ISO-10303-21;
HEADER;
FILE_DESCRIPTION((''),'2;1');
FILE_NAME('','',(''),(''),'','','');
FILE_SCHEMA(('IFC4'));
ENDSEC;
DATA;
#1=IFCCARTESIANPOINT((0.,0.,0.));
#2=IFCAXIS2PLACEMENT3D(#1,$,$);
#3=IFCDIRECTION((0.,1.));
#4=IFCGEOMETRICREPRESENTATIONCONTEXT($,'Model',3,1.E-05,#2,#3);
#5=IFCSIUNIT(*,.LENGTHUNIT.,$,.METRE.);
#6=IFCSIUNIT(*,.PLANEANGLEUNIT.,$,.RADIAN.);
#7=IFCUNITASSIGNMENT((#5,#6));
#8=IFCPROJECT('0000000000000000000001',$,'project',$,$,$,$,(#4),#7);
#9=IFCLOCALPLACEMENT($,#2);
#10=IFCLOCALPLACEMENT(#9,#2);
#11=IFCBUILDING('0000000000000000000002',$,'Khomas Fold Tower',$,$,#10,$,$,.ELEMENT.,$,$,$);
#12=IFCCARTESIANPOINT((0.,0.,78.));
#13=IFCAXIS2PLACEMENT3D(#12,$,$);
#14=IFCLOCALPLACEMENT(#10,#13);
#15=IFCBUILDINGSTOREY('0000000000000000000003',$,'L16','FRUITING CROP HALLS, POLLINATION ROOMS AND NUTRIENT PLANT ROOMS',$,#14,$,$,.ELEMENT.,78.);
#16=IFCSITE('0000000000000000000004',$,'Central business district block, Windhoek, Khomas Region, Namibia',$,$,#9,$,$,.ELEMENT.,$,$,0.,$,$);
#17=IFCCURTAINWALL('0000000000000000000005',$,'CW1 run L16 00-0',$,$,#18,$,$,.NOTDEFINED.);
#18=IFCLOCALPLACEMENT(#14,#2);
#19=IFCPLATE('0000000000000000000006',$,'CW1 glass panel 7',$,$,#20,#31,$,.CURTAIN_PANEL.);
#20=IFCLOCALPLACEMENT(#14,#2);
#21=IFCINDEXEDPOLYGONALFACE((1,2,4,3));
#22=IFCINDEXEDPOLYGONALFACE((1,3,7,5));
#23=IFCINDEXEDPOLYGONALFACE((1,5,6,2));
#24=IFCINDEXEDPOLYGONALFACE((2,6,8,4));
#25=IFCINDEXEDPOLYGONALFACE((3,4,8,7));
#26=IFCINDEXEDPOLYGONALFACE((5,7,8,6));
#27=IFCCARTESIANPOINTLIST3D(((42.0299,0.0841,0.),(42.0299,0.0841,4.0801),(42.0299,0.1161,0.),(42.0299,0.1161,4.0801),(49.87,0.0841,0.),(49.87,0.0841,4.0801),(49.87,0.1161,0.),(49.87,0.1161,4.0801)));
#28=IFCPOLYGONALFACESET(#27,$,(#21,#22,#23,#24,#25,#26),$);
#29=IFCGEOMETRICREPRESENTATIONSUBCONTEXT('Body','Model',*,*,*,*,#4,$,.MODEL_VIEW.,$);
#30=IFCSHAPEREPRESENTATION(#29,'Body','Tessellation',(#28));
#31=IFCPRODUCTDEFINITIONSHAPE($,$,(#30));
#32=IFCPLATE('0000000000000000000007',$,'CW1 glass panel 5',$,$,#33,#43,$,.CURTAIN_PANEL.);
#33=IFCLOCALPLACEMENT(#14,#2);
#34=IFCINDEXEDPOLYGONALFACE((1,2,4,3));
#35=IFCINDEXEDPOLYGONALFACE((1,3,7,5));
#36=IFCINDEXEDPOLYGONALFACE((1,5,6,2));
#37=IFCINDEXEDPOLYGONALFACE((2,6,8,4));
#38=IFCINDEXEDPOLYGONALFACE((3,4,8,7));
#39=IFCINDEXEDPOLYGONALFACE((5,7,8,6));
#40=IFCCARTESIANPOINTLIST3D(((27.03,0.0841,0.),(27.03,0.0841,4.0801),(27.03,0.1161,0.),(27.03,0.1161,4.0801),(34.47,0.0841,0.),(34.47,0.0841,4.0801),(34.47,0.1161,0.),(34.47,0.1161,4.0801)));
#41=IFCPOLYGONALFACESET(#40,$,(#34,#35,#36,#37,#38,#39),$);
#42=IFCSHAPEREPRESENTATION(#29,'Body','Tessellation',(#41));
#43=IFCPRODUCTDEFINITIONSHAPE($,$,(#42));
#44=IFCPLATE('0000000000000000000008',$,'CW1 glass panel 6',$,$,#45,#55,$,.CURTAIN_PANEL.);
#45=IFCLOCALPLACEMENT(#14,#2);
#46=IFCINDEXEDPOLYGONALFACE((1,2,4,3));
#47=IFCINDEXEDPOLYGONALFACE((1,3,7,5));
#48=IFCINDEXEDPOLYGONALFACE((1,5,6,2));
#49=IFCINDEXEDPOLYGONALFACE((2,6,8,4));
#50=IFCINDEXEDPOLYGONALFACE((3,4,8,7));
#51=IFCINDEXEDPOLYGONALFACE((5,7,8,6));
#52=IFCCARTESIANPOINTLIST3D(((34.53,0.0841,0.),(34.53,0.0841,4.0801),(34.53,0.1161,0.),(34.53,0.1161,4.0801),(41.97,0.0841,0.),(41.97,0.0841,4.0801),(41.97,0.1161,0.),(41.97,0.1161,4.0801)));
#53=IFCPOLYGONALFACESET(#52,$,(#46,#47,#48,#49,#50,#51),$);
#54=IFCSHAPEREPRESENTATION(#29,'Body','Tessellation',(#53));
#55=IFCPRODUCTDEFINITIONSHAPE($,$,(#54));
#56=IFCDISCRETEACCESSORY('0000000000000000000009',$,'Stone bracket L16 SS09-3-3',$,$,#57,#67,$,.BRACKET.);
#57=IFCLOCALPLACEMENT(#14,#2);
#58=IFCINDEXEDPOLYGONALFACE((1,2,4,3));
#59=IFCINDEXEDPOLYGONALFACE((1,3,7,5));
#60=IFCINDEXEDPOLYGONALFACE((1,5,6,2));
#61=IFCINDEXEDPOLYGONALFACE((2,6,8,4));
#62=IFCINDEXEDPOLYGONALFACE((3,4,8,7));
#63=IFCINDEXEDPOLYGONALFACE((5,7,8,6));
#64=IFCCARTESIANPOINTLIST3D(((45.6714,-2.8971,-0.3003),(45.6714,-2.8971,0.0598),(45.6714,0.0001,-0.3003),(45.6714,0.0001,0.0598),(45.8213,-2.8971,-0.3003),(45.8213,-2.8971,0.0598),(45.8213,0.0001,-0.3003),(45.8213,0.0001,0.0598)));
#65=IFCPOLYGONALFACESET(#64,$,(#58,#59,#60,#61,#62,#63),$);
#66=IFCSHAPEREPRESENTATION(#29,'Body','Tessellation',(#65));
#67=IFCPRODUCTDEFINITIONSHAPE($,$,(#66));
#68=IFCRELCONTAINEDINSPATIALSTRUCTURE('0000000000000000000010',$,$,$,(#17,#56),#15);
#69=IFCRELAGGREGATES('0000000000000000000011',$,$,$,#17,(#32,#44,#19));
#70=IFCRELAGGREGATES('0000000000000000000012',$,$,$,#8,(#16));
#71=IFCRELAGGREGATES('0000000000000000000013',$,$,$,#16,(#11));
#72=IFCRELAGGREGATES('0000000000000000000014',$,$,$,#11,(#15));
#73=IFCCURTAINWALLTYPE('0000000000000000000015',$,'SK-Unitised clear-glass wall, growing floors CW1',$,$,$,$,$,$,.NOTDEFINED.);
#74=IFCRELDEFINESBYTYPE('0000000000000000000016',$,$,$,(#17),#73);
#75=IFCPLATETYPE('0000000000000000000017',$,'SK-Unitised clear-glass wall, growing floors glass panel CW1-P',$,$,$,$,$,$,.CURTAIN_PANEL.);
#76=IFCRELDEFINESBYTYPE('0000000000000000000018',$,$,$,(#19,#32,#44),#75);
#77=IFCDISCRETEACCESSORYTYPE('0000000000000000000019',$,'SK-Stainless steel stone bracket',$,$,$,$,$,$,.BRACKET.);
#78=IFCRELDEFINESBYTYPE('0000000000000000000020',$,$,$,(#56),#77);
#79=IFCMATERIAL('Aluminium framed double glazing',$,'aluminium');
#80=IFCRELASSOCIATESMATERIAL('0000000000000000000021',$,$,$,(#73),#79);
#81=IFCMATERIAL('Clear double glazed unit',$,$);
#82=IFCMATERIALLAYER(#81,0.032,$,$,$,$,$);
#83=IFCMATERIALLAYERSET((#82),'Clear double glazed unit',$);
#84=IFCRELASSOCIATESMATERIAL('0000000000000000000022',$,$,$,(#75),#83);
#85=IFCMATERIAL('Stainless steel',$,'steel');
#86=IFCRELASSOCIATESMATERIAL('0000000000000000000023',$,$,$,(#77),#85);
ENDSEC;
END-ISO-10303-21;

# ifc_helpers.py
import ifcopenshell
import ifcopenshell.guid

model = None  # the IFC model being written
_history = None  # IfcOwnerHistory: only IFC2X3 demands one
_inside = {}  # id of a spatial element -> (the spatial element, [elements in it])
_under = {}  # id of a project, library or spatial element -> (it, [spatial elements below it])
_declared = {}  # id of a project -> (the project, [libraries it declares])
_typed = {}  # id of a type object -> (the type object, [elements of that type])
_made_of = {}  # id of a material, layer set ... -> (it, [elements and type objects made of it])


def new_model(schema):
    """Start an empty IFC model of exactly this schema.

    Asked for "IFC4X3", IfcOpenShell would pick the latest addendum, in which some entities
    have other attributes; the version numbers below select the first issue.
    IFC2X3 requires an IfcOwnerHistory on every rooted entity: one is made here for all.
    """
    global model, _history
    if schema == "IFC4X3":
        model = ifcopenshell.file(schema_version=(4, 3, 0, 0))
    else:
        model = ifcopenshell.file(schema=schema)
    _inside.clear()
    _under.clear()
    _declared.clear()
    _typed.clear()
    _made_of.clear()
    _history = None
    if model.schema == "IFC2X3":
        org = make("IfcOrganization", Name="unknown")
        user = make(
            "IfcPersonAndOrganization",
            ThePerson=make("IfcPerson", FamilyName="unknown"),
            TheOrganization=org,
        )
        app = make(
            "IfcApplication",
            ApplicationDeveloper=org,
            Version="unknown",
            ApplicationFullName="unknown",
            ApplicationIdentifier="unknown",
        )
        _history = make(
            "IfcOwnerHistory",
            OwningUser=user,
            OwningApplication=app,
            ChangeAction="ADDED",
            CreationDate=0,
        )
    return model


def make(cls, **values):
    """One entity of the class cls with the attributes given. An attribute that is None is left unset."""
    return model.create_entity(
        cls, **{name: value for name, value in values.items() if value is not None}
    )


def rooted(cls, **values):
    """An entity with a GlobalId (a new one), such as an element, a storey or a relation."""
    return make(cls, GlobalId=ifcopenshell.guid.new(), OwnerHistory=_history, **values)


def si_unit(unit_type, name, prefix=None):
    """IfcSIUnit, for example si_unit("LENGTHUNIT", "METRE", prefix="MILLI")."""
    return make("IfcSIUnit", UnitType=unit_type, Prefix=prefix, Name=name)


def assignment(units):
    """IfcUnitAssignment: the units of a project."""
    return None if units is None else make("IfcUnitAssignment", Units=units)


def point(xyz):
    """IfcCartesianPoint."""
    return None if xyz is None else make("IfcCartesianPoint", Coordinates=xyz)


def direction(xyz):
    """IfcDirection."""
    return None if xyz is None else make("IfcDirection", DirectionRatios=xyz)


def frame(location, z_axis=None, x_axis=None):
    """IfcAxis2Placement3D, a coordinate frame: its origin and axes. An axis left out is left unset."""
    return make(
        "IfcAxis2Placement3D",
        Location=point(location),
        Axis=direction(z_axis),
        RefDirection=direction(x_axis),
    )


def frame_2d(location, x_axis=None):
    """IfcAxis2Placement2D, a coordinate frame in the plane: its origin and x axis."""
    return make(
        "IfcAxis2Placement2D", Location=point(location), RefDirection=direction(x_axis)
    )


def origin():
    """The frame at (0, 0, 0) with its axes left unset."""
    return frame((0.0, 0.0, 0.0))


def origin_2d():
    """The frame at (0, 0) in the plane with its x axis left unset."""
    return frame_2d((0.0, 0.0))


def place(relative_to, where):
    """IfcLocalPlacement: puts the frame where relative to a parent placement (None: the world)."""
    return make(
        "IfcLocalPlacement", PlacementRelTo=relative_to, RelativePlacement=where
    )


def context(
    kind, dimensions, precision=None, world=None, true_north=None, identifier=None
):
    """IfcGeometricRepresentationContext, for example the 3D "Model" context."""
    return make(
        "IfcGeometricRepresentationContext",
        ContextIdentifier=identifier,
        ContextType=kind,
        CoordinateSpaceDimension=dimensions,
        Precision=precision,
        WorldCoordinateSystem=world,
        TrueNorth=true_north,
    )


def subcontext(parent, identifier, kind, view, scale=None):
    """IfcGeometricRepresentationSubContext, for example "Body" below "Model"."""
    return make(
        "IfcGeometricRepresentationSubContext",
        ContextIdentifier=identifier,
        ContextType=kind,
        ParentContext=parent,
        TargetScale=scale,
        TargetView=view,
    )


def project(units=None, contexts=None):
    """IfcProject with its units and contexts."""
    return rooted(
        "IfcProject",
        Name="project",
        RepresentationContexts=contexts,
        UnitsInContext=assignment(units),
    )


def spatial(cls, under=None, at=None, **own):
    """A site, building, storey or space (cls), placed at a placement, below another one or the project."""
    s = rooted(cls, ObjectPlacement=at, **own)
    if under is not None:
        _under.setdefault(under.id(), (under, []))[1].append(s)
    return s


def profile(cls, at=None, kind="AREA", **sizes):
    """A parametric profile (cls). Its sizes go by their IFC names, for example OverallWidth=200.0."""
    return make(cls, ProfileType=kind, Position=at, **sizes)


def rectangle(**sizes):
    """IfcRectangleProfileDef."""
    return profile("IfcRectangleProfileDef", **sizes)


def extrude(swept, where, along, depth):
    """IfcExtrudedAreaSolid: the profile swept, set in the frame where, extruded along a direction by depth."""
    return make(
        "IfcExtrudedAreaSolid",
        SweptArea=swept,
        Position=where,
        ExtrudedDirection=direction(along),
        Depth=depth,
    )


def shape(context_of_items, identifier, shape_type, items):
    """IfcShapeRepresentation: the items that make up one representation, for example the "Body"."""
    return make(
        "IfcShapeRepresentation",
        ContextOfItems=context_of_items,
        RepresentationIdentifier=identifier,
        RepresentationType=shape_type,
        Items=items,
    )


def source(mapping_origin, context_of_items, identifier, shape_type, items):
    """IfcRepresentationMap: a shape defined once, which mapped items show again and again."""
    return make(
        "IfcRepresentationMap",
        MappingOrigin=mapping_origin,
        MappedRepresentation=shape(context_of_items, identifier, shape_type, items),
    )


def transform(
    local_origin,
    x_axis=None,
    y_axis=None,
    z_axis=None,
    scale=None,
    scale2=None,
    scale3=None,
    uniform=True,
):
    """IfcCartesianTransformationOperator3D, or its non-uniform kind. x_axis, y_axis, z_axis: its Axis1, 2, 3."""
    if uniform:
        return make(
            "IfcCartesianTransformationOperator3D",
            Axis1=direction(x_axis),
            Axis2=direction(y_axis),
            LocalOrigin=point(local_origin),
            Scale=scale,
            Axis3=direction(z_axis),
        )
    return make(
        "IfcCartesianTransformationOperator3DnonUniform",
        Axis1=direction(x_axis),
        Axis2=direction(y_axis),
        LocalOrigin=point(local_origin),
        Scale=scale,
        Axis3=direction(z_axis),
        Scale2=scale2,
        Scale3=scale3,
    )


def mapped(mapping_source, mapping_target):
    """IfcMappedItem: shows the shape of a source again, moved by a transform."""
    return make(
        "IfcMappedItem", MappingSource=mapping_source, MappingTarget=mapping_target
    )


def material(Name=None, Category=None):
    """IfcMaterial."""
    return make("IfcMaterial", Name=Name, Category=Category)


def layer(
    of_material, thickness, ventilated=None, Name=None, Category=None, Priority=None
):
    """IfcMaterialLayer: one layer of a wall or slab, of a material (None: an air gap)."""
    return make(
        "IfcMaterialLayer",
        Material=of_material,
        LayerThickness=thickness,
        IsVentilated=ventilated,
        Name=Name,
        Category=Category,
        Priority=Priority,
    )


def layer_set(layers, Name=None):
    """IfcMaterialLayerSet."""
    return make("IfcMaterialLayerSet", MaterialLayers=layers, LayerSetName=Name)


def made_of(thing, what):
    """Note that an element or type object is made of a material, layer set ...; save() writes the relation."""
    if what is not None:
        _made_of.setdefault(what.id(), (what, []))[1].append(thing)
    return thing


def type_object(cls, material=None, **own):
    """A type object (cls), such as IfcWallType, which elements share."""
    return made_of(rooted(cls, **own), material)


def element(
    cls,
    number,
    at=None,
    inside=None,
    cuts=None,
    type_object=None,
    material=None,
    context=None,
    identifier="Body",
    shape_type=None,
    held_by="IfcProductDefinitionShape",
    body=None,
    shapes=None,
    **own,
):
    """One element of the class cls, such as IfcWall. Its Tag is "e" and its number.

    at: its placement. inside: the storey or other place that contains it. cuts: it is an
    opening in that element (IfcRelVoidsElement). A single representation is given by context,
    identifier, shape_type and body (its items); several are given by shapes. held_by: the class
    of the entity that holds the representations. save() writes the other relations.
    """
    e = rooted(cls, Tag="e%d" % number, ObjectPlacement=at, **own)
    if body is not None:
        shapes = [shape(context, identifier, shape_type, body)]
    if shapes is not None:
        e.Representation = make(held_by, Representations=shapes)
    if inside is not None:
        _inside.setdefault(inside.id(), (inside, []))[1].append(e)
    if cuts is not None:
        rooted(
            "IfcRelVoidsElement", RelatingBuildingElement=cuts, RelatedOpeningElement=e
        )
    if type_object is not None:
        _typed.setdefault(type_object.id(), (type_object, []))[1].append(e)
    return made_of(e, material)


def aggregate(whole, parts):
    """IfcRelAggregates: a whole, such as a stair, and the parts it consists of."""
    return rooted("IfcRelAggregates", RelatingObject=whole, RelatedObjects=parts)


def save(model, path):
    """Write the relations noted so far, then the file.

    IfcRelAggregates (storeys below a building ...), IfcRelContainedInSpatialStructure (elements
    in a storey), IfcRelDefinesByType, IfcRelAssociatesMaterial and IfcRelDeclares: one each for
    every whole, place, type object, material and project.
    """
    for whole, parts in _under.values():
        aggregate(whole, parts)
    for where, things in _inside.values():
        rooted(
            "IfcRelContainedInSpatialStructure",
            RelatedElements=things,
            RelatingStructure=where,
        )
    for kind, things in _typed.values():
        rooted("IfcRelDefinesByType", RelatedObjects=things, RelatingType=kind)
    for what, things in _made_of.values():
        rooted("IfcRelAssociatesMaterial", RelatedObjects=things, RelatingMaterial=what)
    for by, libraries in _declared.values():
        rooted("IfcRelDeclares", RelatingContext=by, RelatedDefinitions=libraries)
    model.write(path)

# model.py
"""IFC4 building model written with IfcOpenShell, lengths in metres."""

from ifc_helpers import new_model, si_unit, direction, frame, origin, origin_2d, place, context, subcontext, project, spatial, rectangle, extrude, source, transform, mapped, material, layer, layer_set, type_object, element, aggregate, save


model = new_model("IFC4")

# Units and contexts
model_context = context("Model", 3, precision=1e-05, world=origin(), true_north=direction((0.0, 1.0)))
body_context = subcontext(model_context, "Body", "Model", "MODEL_VIEW")
ifc_project = project(units=[si_unit("LENGTHUNIT", "METRE"), si_unit("PLANEANGLEUNIT", "RADIAN")], contexts=[model_context])

# Site, building, storey
site_placement = place(None, origin())
site = spatial("IfcSite", under=ifc_project, at=site_placement, Name="Central business district block, Windhoek, Khomas Region, Namibia", CompositionType="ELEMENT", RefElevation=0.0)
building_placement = place(site_placement, origin())
building = spatial("IfcBuilding", under=site, at=building_placement, Name="Khomas Fold Tower", CompositionType="ELEMENT")
storey_placement = place(building_placement, frame((0.0, 0.0, 78.0)))
storey = spatial("IfcBuildingStorey", under=building, at=storey_placement, Name="L16", Description="FRUITING CROP HALLS, POLLINATION ROOMS AND NUTRIENT PLANT ROOMS", CompositionType="ELEMENT", Elevation=78.0)

# Curtain wall, plates
ifc_material_1 = material(Name="Aluminium framed double glazing", Category="aluminium")
curtain_wall_type = type_object("IfcCurtainWallType", Name="SK-Unitised clear-glass wall, growing floors CW1", PredefinedType="NOTDEFINED", material=ifc_material_1)
curtain_wall_placement = place(storey_placement, origin())
curtain_wall = element("IfcCurtainWall", 1, at=curtain_wall_placement, inside=storey, type_object=curtain_wall_type, Name="CW1 run L16 00-0", PredefinedType="NOTDEFINED")
ifc_material_2 = material(Name="Clear double glazed unit")
ifc_layer = layer(ifc_material_2, 0.032)
ifc_layer_set = layer_set([ifc_layer], Name="Clear double glazed unit")
plate_type = type_object("IfcPlateType", Name="SK-Unitised clear-glass wall, growing floors glass panel CW1-P", PredefinedType="CURTAIN_PANEL", material=ifc_layer_set)
shared_shape_1 = source(origin(), body_context, "Body", "SweptSolid", [
    extrude(rectangle(XDim=7.8401, YDim=0.032, at=origin_2d()), origin(), (0.0, 0.0, 1.0), 4.0801),
])
plate_1_placement = place(storey_placement, frame((45.95, 0.1001, 0.0), z_axis=(0.0, 0.0, 1.0), x_axis=(1.0, 0.0, 0.0)))
plate_1 = element("IfcPlate", 2, at=plate_1_placement, type_object=plate_type, Name="CW1 glass panel 7", PredefinedType="CURTAIN_PANEL", context=body_context, shape_type="MappedRepresentation", body=[
    mapped(shared_shape_1, transform((0.0, 0.0, 0.0))),
])
shared_shape_2 = source(origin(), body_context, "Body", "SweptSolid", [
    extrude(rectangle(XDim=7.4399, YDim=0.032, at=origin_2d()), origin(), (0.0, 0.0, 1.0), 4.0801),
])
plate_2_placement = place(storey_placement, frame((30.75, 0.1001, 0.0), z_axis=(0.0, 0.0, 1.0), x_axis=(1.0, 0.0, 0.0)))
plate_2 = element("IfcPlate", 3, at=plate_2_placement, type_object=plate_type, Name="CW1 glass panel 5", PredefinedType="CURTAIN_PANEL", context=body_context, shape_type="MappedRepresentation", body=[
    mapped(shared_shape_2, transform((0.0, 0.0, 0.0))),
])
plate_3_placement = place(storey_placement, frame((38.25, 0.1001, 0.0), z_axis=(0.0, 0.0, 1.0), x_axis=(1.0, 0.0, 0.0)))
plate_3 = element("IfcPlate", 4, at=plate_3_placement, type_object=plate_type, Name="CW1 glass panel 6", PredefinedType="CURTAIN_PANEL", context=body_context, shape_type="MappedRepresentation", body=[
    mapped(shared_shape_2, transform((0.0, 0.0, 0.0))),
])
aggregate(curtain_wall, [plate_2, plate_3, plate_1])

# Discrete accessory
ifc_material_3 = material(Name="Stainless steel", Category="steel")
discrete_accessory_type = type_object("IfcDiscreteAccessoryType", Name="SK-Stainless steel stone bracket", PredefinedType="BRACKET", material=ifc_material_3)
shared_shape_3 = source(origin(), body_context, "Body", "SweptSolid", [
    extrude(rectangle(XDim=2.8972, YDim=0.1499, at=origin_2d()), origin(), (0.0, 0.0, 1.0), 0.3601),
])
discrete_accessory_placement = place(storey_placement, frame((45.7463, -1.4485, -0.3003), z_axis=(0.0, 0.0, 1.0), x_axis=(0.0, -1.0, 0.0)))
element("IfcDiscreteAccessory", 5, at=discrete_accessory_placement, inside=storey, type_object=discrete_accessory_type, Name="Stone bracket L16 SS09-3-3", PredefinedType="BRACKET", context=body_context, shape_type="MappedRepresentation", body=[
    mapped(shared_shape_3, transform((0.0, 0.0, 0.0))),
])

save(model, "model.ifc")
